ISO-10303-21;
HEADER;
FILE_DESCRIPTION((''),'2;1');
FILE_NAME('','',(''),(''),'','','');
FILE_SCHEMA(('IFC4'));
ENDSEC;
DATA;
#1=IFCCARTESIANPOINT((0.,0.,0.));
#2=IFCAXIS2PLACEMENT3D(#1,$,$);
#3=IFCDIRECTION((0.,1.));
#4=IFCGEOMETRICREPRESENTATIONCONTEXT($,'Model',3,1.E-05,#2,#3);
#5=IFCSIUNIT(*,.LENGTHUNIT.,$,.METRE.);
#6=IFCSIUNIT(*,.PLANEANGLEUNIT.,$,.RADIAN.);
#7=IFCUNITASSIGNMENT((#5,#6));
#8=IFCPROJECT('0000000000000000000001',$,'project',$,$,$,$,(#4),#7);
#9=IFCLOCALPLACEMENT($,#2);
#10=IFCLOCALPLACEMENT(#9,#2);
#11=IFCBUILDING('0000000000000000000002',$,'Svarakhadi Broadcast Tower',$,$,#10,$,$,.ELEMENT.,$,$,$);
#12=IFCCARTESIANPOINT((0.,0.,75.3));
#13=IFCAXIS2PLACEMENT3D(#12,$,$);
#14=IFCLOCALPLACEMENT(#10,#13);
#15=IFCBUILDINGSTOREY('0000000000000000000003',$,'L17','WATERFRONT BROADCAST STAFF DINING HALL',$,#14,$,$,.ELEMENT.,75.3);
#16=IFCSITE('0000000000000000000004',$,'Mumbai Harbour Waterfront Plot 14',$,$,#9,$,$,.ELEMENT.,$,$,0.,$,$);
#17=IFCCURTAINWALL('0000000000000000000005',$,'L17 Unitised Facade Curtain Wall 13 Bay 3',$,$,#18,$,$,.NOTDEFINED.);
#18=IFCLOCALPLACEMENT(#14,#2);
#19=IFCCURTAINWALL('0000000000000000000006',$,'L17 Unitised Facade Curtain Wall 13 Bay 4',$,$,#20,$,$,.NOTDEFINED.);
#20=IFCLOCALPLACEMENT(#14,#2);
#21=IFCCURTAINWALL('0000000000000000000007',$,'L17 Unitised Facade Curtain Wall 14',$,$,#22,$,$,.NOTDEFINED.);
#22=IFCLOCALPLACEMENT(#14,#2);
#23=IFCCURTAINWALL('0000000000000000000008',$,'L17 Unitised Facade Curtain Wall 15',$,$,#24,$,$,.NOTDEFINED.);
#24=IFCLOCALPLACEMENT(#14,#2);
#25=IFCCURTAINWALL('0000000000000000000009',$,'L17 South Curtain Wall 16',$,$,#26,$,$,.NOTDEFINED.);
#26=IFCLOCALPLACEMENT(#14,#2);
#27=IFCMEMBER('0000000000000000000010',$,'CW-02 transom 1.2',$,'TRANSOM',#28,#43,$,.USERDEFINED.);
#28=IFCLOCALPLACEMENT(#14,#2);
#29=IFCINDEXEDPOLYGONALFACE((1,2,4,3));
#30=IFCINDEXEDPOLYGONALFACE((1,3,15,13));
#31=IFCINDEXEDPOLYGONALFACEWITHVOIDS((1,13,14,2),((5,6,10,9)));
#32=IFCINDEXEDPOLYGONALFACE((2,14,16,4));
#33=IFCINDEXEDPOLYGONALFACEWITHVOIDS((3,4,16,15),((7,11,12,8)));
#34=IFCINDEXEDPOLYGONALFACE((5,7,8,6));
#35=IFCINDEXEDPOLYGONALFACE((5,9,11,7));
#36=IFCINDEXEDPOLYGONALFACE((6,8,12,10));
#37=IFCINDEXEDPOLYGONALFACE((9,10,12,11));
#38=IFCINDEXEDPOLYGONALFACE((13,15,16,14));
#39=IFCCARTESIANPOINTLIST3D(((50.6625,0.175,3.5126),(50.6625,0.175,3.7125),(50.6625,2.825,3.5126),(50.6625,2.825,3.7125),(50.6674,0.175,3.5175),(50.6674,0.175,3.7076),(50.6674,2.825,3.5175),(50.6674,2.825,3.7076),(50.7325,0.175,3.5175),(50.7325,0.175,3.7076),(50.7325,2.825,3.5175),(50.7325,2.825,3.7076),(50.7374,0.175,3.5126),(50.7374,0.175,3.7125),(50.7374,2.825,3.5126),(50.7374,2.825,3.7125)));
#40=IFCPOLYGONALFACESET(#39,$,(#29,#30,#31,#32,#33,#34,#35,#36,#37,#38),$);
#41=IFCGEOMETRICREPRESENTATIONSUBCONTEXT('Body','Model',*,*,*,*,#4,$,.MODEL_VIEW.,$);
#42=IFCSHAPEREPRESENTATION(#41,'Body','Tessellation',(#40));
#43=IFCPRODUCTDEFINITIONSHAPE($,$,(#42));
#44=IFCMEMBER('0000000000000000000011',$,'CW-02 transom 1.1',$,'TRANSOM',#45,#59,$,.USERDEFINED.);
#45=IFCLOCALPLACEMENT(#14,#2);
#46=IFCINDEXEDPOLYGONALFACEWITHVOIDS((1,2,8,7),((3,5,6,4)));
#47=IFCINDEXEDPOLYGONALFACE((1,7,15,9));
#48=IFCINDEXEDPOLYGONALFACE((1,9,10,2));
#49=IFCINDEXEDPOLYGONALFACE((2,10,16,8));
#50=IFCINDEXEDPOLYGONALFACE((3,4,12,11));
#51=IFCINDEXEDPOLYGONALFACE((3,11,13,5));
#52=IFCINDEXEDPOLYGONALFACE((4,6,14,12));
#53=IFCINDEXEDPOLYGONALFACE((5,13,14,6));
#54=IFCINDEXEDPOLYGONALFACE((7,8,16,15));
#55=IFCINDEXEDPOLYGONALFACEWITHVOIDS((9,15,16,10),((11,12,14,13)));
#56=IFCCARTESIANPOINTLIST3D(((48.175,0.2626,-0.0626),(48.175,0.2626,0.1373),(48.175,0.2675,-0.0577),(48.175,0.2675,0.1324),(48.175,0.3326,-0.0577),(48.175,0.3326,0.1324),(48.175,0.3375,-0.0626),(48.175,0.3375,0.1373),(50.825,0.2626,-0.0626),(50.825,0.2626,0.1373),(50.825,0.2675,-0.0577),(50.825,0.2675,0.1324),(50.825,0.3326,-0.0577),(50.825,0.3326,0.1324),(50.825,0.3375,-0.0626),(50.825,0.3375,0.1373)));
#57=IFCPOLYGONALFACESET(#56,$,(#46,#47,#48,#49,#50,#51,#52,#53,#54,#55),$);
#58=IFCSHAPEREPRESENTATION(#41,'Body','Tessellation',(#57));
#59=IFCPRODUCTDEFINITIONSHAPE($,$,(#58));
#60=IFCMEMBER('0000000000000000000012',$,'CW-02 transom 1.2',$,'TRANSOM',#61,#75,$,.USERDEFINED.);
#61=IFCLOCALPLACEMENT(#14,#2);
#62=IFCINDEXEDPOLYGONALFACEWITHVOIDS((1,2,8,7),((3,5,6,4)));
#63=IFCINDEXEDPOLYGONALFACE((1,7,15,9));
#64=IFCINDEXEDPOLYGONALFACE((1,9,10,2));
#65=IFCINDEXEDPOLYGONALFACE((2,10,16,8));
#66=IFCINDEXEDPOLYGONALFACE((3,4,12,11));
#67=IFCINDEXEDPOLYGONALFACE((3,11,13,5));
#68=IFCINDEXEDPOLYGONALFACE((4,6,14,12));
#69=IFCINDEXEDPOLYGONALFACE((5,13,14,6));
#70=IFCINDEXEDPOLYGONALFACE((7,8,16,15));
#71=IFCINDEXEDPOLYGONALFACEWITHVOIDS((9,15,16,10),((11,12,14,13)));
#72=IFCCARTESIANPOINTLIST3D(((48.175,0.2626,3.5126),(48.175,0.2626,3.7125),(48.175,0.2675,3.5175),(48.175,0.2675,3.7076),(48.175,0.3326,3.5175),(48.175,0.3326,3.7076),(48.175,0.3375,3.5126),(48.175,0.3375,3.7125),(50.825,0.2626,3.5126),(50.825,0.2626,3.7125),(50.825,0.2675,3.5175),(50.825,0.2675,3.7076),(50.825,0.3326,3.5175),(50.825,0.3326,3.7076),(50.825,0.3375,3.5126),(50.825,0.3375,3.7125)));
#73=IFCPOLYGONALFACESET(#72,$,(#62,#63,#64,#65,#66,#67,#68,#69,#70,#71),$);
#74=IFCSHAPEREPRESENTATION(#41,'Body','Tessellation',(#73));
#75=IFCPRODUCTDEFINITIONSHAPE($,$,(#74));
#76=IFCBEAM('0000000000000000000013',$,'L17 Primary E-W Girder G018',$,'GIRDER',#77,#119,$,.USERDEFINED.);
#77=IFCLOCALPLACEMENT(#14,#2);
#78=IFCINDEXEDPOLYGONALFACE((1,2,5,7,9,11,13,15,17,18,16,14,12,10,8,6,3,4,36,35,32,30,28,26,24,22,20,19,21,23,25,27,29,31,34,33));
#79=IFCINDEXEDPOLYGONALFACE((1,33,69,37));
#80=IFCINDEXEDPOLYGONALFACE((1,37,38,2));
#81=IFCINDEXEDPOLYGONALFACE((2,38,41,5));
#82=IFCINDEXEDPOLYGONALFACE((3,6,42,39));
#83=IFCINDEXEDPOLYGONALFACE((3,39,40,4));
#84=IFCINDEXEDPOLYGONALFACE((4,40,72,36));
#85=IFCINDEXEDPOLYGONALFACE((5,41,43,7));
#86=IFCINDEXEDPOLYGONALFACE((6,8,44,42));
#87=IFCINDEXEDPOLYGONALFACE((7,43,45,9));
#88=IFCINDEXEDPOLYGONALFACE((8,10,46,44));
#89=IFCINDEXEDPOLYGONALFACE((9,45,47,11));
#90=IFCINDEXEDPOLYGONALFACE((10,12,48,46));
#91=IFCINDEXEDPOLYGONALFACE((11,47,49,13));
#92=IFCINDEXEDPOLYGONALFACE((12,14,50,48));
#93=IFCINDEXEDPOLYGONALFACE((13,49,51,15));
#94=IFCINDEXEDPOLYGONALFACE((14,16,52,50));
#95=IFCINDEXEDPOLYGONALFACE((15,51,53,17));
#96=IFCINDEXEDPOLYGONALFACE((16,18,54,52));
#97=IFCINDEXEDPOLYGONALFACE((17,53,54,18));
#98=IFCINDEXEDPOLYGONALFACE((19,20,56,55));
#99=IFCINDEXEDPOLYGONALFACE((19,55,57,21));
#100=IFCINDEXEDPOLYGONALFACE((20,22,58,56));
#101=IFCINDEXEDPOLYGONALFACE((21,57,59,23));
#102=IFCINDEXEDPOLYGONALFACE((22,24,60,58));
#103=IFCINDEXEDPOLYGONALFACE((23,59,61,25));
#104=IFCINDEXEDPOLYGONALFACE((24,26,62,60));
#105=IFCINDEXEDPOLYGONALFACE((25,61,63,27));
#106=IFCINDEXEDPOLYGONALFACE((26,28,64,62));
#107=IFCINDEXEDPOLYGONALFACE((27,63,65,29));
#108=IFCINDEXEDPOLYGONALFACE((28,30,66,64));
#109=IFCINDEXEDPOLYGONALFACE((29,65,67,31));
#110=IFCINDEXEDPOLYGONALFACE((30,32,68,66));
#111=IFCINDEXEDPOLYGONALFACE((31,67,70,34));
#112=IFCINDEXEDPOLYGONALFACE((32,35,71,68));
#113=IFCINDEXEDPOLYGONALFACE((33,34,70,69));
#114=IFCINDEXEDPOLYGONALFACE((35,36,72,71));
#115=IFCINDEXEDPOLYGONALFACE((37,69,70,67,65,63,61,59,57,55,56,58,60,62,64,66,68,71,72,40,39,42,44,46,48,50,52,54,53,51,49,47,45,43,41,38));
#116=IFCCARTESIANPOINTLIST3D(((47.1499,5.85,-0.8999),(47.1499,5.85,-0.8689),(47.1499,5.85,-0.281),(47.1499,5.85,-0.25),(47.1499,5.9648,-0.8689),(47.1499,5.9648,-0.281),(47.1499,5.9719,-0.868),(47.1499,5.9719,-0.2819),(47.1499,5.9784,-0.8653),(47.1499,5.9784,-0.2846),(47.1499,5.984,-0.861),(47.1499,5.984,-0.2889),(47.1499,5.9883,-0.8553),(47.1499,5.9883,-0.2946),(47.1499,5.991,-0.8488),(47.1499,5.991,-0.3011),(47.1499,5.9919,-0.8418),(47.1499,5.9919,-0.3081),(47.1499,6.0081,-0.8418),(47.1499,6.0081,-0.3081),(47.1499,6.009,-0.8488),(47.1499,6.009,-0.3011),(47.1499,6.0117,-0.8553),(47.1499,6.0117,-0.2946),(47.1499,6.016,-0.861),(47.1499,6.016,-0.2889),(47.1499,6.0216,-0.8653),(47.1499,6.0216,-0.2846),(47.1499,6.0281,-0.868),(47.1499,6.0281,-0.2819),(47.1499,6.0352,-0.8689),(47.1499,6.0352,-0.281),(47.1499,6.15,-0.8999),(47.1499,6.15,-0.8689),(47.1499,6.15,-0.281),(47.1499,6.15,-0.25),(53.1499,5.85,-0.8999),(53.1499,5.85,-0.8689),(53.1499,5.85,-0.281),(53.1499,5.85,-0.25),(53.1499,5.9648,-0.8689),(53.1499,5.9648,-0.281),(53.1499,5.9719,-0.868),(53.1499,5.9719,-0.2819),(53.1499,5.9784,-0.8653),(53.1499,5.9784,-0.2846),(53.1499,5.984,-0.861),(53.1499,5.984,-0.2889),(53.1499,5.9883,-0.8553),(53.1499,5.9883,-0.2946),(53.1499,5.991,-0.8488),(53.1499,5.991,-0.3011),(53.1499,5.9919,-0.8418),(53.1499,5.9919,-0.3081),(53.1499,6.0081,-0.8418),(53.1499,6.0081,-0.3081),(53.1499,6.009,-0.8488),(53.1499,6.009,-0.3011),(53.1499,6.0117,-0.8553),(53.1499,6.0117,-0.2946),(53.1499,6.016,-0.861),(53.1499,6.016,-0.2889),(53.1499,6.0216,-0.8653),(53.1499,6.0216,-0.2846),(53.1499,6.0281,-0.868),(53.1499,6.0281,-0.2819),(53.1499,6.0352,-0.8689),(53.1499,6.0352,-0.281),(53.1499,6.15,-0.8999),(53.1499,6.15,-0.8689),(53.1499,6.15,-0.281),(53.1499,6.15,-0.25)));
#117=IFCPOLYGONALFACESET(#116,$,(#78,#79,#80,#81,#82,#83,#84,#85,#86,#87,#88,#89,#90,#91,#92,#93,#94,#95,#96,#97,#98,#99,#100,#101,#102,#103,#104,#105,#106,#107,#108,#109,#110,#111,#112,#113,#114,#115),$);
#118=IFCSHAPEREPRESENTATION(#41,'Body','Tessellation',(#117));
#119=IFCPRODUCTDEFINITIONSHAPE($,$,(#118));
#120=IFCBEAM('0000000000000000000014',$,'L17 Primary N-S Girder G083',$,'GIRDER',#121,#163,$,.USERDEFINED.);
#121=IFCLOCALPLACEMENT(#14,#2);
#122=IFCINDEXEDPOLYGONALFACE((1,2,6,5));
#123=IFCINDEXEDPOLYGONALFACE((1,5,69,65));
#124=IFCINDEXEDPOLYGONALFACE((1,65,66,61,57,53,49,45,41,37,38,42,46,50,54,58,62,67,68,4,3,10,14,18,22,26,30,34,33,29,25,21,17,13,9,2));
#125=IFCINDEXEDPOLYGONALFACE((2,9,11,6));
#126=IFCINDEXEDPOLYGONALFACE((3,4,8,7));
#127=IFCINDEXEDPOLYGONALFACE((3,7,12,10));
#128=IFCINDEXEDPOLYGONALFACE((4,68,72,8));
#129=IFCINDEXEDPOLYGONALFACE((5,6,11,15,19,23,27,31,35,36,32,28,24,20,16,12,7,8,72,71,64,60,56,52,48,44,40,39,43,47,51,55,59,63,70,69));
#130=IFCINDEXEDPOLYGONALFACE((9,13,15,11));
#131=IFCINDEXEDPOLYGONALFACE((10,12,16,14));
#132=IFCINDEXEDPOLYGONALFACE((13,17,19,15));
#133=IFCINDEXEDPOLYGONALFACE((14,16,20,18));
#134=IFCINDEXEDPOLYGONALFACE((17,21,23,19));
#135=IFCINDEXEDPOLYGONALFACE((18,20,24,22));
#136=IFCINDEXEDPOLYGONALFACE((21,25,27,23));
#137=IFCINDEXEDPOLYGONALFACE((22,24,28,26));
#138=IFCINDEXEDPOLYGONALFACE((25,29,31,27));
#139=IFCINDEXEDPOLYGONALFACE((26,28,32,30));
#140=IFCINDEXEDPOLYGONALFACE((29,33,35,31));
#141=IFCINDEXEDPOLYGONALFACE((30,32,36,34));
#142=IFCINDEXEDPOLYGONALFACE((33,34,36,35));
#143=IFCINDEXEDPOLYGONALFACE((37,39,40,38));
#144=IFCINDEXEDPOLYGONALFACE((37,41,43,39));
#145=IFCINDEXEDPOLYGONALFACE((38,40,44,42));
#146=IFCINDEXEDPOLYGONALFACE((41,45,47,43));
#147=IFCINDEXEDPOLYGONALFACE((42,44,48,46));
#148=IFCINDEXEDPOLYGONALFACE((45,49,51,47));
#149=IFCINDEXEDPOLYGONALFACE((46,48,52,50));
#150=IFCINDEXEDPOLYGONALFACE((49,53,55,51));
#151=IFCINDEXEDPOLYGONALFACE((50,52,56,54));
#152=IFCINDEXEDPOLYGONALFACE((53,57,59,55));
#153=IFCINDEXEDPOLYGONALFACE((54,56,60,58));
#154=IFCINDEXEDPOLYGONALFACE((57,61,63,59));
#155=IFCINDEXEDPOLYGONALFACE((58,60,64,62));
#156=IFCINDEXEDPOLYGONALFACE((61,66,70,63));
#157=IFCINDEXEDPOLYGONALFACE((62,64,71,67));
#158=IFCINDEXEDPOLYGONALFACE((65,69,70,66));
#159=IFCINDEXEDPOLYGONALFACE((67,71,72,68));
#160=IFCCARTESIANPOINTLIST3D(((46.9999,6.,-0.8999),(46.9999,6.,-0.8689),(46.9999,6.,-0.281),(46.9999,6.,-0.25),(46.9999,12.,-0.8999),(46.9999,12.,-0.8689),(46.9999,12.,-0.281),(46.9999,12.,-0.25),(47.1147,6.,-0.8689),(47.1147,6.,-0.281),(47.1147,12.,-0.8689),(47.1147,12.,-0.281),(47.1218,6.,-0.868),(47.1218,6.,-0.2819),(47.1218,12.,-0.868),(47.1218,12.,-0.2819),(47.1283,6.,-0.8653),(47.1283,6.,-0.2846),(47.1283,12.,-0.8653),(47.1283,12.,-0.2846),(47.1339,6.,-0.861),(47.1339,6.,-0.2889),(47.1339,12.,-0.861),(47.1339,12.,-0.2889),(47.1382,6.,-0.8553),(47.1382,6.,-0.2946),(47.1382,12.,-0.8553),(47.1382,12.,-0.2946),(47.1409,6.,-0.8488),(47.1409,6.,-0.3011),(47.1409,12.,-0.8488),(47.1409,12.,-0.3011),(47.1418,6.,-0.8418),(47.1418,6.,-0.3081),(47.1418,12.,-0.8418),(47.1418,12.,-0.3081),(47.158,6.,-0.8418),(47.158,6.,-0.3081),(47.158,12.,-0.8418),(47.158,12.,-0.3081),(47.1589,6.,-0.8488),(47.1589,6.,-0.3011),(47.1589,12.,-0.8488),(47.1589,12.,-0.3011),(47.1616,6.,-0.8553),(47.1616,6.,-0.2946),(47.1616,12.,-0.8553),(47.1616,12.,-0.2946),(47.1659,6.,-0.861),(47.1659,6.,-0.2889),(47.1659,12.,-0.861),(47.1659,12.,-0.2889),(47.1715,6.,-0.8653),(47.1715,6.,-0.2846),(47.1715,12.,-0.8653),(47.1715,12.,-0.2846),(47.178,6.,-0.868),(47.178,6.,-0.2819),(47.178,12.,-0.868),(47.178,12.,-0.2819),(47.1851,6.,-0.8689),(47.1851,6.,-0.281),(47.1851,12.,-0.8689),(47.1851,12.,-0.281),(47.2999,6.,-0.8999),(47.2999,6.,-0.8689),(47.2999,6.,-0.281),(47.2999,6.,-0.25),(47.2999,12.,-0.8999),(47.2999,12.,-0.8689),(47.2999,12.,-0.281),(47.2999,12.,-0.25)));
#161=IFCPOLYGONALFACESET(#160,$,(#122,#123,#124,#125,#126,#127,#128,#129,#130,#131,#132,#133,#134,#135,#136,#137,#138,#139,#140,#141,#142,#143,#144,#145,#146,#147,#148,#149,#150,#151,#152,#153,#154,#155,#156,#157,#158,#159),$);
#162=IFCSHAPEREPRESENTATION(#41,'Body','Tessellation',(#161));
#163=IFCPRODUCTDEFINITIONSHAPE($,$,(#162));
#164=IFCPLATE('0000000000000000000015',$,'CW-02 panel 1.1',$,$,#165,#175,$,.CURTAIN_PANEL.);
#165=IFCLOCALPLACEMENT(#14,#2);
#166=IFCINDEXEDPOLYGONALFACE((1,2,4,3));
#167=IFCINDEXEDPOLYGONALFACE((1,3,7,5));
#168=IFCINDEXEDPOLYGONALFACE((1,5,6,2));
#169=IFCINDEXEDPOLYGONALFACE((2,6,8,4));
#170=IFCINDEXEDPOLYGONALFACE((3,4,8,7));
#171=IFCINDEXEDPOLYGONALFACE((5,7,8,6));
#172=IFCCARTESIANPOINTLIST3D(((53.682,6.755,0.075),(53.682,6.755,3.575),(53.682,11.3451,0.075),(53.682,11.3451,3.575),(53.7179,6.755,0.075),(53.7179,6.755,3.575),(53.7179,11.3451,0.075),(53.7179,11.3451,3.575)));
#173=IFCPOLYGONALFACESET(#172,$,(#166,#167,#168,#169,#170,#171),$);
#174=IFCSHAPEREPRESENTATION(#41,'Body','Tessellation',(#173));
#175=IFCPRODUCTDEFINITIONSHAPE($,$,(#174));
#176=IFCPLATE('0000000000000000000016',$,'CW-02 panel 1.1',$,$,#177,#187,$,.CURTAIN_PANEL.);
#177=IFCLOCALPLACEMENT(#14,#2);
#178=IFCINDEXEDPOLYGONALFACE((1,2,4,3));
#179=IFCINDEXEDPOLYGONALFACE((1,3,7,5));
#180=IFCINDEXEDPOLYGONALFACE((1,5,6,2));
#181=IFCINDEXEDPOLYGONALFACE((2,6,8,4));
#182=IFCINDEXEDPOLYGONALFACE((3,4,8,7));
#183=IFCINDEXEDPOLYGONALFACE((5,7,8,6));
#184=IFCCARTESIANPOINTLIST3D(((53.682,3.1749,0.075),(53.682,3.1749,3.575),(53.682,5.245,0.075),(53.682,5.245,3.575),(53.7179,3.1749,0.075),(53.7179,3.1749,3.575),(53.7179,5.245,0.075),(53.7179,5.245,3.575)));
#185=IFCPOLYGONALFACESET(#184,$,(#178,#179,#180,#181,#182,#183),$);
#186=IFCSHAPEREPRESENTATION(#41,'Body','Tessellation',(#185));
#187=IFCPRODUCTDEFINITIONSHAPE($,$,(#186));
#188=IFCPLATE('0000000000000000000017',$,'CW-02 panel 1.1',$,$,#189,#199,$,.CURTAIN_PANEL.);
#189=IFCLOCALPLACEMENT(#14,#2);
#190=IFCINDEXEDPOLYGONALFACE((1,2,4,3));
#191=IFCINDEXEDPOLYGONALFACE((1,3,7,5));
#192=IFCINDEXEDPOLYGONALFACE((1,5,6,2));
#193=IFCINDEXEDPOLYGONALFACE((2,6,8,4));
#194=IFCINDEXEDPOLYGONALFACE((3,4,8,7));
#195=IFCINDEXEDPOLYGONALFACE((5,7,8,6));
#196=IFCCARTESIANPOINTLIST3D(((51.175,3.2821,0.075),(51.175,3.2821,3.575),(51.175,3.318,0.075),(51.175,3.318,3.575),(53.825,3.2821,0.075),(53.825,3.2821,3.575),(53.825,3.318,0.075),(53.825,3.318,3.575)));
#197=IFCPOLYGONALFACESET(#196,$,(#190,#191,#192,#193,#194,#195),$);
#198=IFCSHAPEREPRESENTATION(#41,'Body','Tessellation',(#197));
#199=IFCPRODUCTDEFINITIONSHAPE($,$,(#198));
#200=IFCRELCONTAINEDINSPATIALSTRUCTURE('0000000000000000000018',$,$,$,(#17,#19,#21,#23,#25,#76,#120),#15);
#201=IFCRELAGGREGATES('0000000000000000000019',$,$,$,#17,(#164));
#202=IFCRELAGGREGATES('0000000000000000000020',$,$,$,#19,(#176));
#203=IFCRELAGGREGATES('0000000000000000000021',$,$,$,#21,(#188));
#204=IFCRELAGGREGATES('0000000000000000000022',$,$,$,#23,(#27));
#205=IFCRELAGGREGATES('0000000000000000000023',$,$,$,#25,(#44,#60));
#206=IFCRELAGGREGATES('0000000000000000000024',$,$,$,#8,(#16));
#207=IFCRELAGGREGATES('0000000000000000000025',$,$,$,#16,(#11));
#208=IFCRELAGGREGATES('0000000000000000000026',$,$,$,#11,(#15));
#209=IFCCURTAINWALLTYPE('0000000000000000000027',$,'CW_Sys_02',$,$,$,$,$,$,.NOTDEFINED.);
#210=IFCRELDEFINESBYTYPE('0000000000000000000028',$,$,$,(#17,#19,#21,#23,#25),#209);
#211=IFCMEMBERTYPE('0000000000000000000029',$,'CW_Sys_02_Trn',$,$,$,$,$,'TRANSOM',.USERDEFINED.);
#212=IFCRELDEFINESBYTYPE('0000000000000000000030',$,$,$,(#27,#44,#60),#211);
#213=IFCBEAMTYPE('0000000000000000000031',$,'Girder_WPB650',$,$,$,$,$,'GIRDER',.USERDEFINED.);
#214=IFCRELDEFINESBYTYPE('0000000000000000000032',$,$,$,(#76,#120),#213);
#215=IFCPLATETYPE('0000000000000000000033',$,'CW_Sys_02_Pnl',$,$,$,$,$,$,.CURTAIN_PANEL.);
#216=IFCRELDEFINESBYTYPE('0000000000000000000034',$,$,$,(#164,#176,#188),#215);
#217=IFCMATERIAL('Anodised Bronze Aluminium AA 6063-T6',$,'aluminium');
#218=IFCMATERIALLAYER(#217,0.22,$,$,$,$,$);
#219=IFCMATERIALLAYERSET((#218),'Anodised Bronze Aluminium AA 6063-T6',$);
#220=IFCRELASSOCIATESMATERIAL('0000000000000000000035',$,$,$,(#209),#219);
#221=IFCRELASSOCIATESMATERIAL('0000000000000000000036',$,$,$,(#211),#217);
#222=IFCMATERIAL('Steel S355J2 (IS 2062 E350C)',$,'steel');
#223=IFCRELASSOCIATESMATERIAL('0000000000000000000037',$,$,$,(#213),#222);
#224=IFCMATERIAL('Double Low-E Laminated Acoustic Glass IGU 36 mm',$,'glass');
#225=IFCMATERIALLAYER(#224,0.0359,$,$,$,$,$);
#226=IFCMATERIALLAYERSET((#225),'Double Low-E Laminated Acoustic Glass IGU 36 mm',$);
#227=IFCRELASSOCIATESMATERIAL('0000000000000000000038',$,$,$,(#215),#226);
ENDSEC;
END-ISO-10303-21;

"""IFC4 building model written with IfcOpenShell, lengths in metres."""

from ifc_helpers import new_model, si_unit, direction, frame, origin, origin_2d, place, context, subcontext, project, spatial, rectangle, hollow_rectangle, i_section, extrude, material, layer, layer_set, material_profile, profile_set, type_object, element, aggregate, save


model = new_model("IFC4")

# Units and contexts
model_context = context("Model", 3, precision=1e-05, world=origin(), true_north=direction((0.0, 1.0)))
body_context = subcontext(model_context, "Body", "Model", "MODEL_VIEW")
ifc_project = project(units=[si_unit("LENGTHUNIT", "METRE"), si_unit("PLANEANGLEUNIT", "RADIAN")], contexts=[model_context])

# Site, building, storey
site_placement = place(None, origin())
site = spatial("IfcSite", under=ifc_project, at=site_placement, Name="Mumbai Harbour Waterfront Plot 14", CompositionType="ELEMENT", RefElevation=0.0)
building_placement = place(site_placement, origin())
building = spatial("IfcBuilding", under=site, at=building_placement, Name="Svarakhadi Broadcast Tower", CompositionType="ELEMENT")
storey_placement = place(building_placement, frame((0.0, 0.0, 75.3)))
storey = spatial("IfcBuildingStorey", under=building, at=storey_placement, Name="L17", Description="WATERFRONT BROADCAST STAFF DINING HALL", CompositionType="ELEMENT", Elevation=75.3)

# Curtain walls
ifc_material_1 = material(Name="Anodised Bronze Aluminium AA 6063-T6", Category="aluminium")
ifc_layer_1 = layer(ifc_material_1, 0.22)
ifc_layer_set_1 = layer_set([ifc_layer_1], Name="Anodised Bronze Aluminium AA 6063-T6")
curtain_wall_type = type_object("IfcCurtainWallType", Name="CW_Sys_02", PredefinedType="NOTDEFINED", material=ifc_layer_set_1)
curtain_wall_1_placement = place(storey_placement, origin())
curtain_wall_1 = element("IfcCurtainWall", 1, at=curtain_wall_1_placement, inside=storey, type_object=curtain_wall_type, Name="L17 Unitised Facade Curtain Wall 13 Bay 3", PredefinedType="NOTDEFINED")
curtain_wall_2_placement = place(storey_placement, origin())
curtain_wall_2 = element("IfcCurtainWall", 2, at=curtain_wall_2_placement, inside=storey, type_object=curtain_wall_type, Name="L17 Unitised Facade Curtain Wall 13 Bay 4", PredefinedType="NOTDEFINED")
curtain_wall_3_placement = place(storey_placement, origin())
curtain_wall_3 = element("IfcCurtainWall", 3, at=curtain_wall_3_placement, inside=storey, type_object=curtain_wall_type, Name="L17 Unitised Facade Curtain Wall 14", PredefinedType="NOTDEFINED")
curtain_wall_4_placement = place(storey_placement, origin())
curtain_wall_4 = element("IfcCurtainWall", 4, at=curtain_wall_4_placement, inside=storey, type_object=curtain_wall_type, Name="L17 Unitised Facade Curtain Wall 15", PredefinedType="NOTDEFINED")
curtain_wall_5_placement = place(storey_placement, origin())
curtain_wall_5 = element("IfcCurtainWall", 5, at=curtain_wall_5_placement, inside=storey, type_object=curtain_wall_type, Name="L17 South Curtain Wall 16", PredefinedType="NOTDEFINED")

# Members
ifc_material_profile_1 = material_profile(ifc_material_1, hollow_rectangle(XDim=0.075, YDim=0.2, WallThickness=0.0049, at=origin_2d()), Name="ALU TRANSOM 200x75x5")
ifc_profile_set_1 = profile_set([ifc_material_profile_1], Name="Anodised Bronze Aluminium AA 6063-T6")
member_type_1 = type_object("IfcMemberType", Name="CW_Sys_02_Trn", ElementType="TRANSOM", PredefinedType="USERDEFINED", material=ifc_profile_set_1)
member_1_placement = place(storey_placement, frame((50.7, 2.825, 3.6125), z_axis=(0.0, -1.0, 0.0), x_axis=(1.0, 0.0, 0.0)))
member_1 = element("IfcMember", 6, at=member_1_placement, type_object=member_type_1, Name="CW-02 transom 1.2", ObjectType="TRANSOM", PredefinedType="USERDEFINED", context=body_context, shape_type="SweptSolid", body=[
    extrude(hollow_rectangle(XDim=0.075, YDim=0.2, WallThickness=0.0049, at=origin_2d()), origin(), (0.0, 0.0, 1.0), 2.6499),
])
member_2_placement = place(storey_placement, frame((50.825, 0.3, 0.0374), z_axis=(-1.0, 0.0, 0.0), x_axis=(0.0, -1.0, 0.0)))
member_2 = element("IfcMember", 7, at=member_2_placement, type_object=member_type_1, Name="CW-02 transom 1.1", ObjectType="TRANSOM", PredefinedType="USERDEFINED", context=body_context, shape_type="SweptSolid", body=[
    extrude(hollow_rectangle(XDim=0.075, YDim=0.2, WallThickness=0.0049, at=origin_2d()), origin(), (0.0, 0.0, 1.0), 2.6499),
])
member_3_placement = place(storey_placement, frame((50.825, 0.3, 3.6125), z_axis=(-1.0, 0.0, 0.0), x_axis=(0.0, -1.0, 0.0)))
member_3 = element("IfcMember", 8, at=member_3_placement, type_object=member_type_1, Name="CW-02 transom 1.2", ObjectType="TRANSOM", PredefinedType="USERDEFINED", context=body_context, shape_type="SweptSolid", body=[
    extrude(hollow_rectangle(XDim=0.075, YDim=0.2, WallThickness=0.0049, at=origin_2d()), origin(), (0.0, 0.0, 1.0), 2.6499),
])

# Beams
ifc_material_2 = material(Name="Steel S355J2 (IS 2062 E350C)", Category="steel")
ifc_material_profile_2 = material_profile(ifc_material_2, i_section(OverallWidth=0.3, OverallDepth=0.6499, WebThickness=0.0161, FlangeThickness=0.031, FilletRadius=0.0271, at=origin_2d()), Name="WPB 650x300x225")
ifc_profile_set_2 = profile_set([ifc_material_profile_2], Name="Steel S355J2 (IS 2062 E350C)")
beam_type = type_object("IfcBeamType", Name="Girder_WPB650", ElementType="GIRDER", PredefinedType="USERDEFINED", material=ifc_profile_set_2)
for number, where, z_axis, x_axis, name in (
    (9, (47.1499, 6.0, -0.575), (1.0, 0.0, 0.0), (0.0, 1.0, 0.0), "L17 Primary E-W Girder G018"),
    (10, (47.1499, 6.0, -0.575), (0.0, 1.0, 0.0), (-1.0, 0.0, 0.0), "L17 Primary N-S Girder G083"),
):
    element("IfcBeam", number, at=place(storey_placement, frame(where, z_axis=z_axis, x_axis=x_axis)), inside=storey, type_object=beam_type, Name=name, ObjectType="GIRDER", PredefinedType="USERDEFINED", context=body_context, shape_type="SweptSolid", body=[
        extrude(i_section(OverallWidth=0.3, OverallDepth=0.6499, WebThickness=0.0161, FlangeThickness=0.031, FilletRadius=0.0271, at=origin_2d()), origin(), (0.0, 0.0, 1.0), 6.0),
    ])

# Plates
ifc_material_3 = material(Name="Double Low-E Laminated Acoustic Glass IGU 36 mm", Category="glass")
ifc_layer_2 = layer(ifc_material_3, 0.0359)
ifc_layer_set_2 = layer_set([ifc_layer_2], Name="Double Low-E Laminated Acoustic Glass IGU 36 mm")
plate_type_1 = type_object("IfcPlateType", Name="CW_Sys_02_Pnl", PredefinedType="CURTAIN_PANEL", material=ifc_layer_set_2)
plate_1_placement = place(storey_placement, frame((53.7, 9.05, 0.075), z_axis=(0.0, 0.0, 1.0), x_axis=(0.0, -1.0, 0.0)))
plate_1 = element("IfcPlate", 11, at=plate_1_placement, type_object=plate_type_1, Name="CW-02 panel 1.1", PredefinedType="CURTAIN_PANEL", context=body_context, shape_type="SweptSolid", body=[
    extrude(rectangle(XDim=4.5901, YDim=0.0359, at=origin_2d()), origin(), (0.0, 0.0, 1.0), 3.5),
])
aggregate(curtain_wall_1, [plate_1])
plate_2_placement = place(storey_placement, frame((53.7, 4.21, 0.075), z_axis=(0.0, 0.0, 1.0), x_axis=(0.0, -1.0, 0.0)))
plate_2 = element("IfcPlate", 12, at=plate_2_placement, type_object=plate_type_1, Name="CW-02 panel 1.1", PredefinedType="CURTAIN_PANEL", context=body_context, shape_type="SweptSolid", body=[
    extrude(rectangle(XDim=2.0701, YDim=0.0359, at=origin_2d()), origin(), (0.0, 0.0, 1.0), 3.5),
])
aggregate(curtain_wall_2, [plate_2])
plate_3_placement = place(storey_placement, frame((52.5, 3.3, 0.075), z_axis=(0.0, 0.0, 1.0), x_axis=(-1.0, 0.0, 0.0)))
plate_3 = element("IfcPlate", 13, at=plate_3_placement, type_object=plate_type_1, Name="CW-02 panel 1.1", PredefinedType="CURTAIN_PANEL", context=body_context, shape_type="SweptSolid", body=[
    extrude(rectangle(XDim=2.6499, YDim=0.0359, at=origin_2d()), origin(), (0.0, 0.0, 1.0), 3.5),
])
aggregate(curtain_wall_3, [plate_3])
aggregate(curtain_wall_4, [member_1])
aggregate(curtain_wall_5, [member_2, member_3])

save(model, "model.ifc")
